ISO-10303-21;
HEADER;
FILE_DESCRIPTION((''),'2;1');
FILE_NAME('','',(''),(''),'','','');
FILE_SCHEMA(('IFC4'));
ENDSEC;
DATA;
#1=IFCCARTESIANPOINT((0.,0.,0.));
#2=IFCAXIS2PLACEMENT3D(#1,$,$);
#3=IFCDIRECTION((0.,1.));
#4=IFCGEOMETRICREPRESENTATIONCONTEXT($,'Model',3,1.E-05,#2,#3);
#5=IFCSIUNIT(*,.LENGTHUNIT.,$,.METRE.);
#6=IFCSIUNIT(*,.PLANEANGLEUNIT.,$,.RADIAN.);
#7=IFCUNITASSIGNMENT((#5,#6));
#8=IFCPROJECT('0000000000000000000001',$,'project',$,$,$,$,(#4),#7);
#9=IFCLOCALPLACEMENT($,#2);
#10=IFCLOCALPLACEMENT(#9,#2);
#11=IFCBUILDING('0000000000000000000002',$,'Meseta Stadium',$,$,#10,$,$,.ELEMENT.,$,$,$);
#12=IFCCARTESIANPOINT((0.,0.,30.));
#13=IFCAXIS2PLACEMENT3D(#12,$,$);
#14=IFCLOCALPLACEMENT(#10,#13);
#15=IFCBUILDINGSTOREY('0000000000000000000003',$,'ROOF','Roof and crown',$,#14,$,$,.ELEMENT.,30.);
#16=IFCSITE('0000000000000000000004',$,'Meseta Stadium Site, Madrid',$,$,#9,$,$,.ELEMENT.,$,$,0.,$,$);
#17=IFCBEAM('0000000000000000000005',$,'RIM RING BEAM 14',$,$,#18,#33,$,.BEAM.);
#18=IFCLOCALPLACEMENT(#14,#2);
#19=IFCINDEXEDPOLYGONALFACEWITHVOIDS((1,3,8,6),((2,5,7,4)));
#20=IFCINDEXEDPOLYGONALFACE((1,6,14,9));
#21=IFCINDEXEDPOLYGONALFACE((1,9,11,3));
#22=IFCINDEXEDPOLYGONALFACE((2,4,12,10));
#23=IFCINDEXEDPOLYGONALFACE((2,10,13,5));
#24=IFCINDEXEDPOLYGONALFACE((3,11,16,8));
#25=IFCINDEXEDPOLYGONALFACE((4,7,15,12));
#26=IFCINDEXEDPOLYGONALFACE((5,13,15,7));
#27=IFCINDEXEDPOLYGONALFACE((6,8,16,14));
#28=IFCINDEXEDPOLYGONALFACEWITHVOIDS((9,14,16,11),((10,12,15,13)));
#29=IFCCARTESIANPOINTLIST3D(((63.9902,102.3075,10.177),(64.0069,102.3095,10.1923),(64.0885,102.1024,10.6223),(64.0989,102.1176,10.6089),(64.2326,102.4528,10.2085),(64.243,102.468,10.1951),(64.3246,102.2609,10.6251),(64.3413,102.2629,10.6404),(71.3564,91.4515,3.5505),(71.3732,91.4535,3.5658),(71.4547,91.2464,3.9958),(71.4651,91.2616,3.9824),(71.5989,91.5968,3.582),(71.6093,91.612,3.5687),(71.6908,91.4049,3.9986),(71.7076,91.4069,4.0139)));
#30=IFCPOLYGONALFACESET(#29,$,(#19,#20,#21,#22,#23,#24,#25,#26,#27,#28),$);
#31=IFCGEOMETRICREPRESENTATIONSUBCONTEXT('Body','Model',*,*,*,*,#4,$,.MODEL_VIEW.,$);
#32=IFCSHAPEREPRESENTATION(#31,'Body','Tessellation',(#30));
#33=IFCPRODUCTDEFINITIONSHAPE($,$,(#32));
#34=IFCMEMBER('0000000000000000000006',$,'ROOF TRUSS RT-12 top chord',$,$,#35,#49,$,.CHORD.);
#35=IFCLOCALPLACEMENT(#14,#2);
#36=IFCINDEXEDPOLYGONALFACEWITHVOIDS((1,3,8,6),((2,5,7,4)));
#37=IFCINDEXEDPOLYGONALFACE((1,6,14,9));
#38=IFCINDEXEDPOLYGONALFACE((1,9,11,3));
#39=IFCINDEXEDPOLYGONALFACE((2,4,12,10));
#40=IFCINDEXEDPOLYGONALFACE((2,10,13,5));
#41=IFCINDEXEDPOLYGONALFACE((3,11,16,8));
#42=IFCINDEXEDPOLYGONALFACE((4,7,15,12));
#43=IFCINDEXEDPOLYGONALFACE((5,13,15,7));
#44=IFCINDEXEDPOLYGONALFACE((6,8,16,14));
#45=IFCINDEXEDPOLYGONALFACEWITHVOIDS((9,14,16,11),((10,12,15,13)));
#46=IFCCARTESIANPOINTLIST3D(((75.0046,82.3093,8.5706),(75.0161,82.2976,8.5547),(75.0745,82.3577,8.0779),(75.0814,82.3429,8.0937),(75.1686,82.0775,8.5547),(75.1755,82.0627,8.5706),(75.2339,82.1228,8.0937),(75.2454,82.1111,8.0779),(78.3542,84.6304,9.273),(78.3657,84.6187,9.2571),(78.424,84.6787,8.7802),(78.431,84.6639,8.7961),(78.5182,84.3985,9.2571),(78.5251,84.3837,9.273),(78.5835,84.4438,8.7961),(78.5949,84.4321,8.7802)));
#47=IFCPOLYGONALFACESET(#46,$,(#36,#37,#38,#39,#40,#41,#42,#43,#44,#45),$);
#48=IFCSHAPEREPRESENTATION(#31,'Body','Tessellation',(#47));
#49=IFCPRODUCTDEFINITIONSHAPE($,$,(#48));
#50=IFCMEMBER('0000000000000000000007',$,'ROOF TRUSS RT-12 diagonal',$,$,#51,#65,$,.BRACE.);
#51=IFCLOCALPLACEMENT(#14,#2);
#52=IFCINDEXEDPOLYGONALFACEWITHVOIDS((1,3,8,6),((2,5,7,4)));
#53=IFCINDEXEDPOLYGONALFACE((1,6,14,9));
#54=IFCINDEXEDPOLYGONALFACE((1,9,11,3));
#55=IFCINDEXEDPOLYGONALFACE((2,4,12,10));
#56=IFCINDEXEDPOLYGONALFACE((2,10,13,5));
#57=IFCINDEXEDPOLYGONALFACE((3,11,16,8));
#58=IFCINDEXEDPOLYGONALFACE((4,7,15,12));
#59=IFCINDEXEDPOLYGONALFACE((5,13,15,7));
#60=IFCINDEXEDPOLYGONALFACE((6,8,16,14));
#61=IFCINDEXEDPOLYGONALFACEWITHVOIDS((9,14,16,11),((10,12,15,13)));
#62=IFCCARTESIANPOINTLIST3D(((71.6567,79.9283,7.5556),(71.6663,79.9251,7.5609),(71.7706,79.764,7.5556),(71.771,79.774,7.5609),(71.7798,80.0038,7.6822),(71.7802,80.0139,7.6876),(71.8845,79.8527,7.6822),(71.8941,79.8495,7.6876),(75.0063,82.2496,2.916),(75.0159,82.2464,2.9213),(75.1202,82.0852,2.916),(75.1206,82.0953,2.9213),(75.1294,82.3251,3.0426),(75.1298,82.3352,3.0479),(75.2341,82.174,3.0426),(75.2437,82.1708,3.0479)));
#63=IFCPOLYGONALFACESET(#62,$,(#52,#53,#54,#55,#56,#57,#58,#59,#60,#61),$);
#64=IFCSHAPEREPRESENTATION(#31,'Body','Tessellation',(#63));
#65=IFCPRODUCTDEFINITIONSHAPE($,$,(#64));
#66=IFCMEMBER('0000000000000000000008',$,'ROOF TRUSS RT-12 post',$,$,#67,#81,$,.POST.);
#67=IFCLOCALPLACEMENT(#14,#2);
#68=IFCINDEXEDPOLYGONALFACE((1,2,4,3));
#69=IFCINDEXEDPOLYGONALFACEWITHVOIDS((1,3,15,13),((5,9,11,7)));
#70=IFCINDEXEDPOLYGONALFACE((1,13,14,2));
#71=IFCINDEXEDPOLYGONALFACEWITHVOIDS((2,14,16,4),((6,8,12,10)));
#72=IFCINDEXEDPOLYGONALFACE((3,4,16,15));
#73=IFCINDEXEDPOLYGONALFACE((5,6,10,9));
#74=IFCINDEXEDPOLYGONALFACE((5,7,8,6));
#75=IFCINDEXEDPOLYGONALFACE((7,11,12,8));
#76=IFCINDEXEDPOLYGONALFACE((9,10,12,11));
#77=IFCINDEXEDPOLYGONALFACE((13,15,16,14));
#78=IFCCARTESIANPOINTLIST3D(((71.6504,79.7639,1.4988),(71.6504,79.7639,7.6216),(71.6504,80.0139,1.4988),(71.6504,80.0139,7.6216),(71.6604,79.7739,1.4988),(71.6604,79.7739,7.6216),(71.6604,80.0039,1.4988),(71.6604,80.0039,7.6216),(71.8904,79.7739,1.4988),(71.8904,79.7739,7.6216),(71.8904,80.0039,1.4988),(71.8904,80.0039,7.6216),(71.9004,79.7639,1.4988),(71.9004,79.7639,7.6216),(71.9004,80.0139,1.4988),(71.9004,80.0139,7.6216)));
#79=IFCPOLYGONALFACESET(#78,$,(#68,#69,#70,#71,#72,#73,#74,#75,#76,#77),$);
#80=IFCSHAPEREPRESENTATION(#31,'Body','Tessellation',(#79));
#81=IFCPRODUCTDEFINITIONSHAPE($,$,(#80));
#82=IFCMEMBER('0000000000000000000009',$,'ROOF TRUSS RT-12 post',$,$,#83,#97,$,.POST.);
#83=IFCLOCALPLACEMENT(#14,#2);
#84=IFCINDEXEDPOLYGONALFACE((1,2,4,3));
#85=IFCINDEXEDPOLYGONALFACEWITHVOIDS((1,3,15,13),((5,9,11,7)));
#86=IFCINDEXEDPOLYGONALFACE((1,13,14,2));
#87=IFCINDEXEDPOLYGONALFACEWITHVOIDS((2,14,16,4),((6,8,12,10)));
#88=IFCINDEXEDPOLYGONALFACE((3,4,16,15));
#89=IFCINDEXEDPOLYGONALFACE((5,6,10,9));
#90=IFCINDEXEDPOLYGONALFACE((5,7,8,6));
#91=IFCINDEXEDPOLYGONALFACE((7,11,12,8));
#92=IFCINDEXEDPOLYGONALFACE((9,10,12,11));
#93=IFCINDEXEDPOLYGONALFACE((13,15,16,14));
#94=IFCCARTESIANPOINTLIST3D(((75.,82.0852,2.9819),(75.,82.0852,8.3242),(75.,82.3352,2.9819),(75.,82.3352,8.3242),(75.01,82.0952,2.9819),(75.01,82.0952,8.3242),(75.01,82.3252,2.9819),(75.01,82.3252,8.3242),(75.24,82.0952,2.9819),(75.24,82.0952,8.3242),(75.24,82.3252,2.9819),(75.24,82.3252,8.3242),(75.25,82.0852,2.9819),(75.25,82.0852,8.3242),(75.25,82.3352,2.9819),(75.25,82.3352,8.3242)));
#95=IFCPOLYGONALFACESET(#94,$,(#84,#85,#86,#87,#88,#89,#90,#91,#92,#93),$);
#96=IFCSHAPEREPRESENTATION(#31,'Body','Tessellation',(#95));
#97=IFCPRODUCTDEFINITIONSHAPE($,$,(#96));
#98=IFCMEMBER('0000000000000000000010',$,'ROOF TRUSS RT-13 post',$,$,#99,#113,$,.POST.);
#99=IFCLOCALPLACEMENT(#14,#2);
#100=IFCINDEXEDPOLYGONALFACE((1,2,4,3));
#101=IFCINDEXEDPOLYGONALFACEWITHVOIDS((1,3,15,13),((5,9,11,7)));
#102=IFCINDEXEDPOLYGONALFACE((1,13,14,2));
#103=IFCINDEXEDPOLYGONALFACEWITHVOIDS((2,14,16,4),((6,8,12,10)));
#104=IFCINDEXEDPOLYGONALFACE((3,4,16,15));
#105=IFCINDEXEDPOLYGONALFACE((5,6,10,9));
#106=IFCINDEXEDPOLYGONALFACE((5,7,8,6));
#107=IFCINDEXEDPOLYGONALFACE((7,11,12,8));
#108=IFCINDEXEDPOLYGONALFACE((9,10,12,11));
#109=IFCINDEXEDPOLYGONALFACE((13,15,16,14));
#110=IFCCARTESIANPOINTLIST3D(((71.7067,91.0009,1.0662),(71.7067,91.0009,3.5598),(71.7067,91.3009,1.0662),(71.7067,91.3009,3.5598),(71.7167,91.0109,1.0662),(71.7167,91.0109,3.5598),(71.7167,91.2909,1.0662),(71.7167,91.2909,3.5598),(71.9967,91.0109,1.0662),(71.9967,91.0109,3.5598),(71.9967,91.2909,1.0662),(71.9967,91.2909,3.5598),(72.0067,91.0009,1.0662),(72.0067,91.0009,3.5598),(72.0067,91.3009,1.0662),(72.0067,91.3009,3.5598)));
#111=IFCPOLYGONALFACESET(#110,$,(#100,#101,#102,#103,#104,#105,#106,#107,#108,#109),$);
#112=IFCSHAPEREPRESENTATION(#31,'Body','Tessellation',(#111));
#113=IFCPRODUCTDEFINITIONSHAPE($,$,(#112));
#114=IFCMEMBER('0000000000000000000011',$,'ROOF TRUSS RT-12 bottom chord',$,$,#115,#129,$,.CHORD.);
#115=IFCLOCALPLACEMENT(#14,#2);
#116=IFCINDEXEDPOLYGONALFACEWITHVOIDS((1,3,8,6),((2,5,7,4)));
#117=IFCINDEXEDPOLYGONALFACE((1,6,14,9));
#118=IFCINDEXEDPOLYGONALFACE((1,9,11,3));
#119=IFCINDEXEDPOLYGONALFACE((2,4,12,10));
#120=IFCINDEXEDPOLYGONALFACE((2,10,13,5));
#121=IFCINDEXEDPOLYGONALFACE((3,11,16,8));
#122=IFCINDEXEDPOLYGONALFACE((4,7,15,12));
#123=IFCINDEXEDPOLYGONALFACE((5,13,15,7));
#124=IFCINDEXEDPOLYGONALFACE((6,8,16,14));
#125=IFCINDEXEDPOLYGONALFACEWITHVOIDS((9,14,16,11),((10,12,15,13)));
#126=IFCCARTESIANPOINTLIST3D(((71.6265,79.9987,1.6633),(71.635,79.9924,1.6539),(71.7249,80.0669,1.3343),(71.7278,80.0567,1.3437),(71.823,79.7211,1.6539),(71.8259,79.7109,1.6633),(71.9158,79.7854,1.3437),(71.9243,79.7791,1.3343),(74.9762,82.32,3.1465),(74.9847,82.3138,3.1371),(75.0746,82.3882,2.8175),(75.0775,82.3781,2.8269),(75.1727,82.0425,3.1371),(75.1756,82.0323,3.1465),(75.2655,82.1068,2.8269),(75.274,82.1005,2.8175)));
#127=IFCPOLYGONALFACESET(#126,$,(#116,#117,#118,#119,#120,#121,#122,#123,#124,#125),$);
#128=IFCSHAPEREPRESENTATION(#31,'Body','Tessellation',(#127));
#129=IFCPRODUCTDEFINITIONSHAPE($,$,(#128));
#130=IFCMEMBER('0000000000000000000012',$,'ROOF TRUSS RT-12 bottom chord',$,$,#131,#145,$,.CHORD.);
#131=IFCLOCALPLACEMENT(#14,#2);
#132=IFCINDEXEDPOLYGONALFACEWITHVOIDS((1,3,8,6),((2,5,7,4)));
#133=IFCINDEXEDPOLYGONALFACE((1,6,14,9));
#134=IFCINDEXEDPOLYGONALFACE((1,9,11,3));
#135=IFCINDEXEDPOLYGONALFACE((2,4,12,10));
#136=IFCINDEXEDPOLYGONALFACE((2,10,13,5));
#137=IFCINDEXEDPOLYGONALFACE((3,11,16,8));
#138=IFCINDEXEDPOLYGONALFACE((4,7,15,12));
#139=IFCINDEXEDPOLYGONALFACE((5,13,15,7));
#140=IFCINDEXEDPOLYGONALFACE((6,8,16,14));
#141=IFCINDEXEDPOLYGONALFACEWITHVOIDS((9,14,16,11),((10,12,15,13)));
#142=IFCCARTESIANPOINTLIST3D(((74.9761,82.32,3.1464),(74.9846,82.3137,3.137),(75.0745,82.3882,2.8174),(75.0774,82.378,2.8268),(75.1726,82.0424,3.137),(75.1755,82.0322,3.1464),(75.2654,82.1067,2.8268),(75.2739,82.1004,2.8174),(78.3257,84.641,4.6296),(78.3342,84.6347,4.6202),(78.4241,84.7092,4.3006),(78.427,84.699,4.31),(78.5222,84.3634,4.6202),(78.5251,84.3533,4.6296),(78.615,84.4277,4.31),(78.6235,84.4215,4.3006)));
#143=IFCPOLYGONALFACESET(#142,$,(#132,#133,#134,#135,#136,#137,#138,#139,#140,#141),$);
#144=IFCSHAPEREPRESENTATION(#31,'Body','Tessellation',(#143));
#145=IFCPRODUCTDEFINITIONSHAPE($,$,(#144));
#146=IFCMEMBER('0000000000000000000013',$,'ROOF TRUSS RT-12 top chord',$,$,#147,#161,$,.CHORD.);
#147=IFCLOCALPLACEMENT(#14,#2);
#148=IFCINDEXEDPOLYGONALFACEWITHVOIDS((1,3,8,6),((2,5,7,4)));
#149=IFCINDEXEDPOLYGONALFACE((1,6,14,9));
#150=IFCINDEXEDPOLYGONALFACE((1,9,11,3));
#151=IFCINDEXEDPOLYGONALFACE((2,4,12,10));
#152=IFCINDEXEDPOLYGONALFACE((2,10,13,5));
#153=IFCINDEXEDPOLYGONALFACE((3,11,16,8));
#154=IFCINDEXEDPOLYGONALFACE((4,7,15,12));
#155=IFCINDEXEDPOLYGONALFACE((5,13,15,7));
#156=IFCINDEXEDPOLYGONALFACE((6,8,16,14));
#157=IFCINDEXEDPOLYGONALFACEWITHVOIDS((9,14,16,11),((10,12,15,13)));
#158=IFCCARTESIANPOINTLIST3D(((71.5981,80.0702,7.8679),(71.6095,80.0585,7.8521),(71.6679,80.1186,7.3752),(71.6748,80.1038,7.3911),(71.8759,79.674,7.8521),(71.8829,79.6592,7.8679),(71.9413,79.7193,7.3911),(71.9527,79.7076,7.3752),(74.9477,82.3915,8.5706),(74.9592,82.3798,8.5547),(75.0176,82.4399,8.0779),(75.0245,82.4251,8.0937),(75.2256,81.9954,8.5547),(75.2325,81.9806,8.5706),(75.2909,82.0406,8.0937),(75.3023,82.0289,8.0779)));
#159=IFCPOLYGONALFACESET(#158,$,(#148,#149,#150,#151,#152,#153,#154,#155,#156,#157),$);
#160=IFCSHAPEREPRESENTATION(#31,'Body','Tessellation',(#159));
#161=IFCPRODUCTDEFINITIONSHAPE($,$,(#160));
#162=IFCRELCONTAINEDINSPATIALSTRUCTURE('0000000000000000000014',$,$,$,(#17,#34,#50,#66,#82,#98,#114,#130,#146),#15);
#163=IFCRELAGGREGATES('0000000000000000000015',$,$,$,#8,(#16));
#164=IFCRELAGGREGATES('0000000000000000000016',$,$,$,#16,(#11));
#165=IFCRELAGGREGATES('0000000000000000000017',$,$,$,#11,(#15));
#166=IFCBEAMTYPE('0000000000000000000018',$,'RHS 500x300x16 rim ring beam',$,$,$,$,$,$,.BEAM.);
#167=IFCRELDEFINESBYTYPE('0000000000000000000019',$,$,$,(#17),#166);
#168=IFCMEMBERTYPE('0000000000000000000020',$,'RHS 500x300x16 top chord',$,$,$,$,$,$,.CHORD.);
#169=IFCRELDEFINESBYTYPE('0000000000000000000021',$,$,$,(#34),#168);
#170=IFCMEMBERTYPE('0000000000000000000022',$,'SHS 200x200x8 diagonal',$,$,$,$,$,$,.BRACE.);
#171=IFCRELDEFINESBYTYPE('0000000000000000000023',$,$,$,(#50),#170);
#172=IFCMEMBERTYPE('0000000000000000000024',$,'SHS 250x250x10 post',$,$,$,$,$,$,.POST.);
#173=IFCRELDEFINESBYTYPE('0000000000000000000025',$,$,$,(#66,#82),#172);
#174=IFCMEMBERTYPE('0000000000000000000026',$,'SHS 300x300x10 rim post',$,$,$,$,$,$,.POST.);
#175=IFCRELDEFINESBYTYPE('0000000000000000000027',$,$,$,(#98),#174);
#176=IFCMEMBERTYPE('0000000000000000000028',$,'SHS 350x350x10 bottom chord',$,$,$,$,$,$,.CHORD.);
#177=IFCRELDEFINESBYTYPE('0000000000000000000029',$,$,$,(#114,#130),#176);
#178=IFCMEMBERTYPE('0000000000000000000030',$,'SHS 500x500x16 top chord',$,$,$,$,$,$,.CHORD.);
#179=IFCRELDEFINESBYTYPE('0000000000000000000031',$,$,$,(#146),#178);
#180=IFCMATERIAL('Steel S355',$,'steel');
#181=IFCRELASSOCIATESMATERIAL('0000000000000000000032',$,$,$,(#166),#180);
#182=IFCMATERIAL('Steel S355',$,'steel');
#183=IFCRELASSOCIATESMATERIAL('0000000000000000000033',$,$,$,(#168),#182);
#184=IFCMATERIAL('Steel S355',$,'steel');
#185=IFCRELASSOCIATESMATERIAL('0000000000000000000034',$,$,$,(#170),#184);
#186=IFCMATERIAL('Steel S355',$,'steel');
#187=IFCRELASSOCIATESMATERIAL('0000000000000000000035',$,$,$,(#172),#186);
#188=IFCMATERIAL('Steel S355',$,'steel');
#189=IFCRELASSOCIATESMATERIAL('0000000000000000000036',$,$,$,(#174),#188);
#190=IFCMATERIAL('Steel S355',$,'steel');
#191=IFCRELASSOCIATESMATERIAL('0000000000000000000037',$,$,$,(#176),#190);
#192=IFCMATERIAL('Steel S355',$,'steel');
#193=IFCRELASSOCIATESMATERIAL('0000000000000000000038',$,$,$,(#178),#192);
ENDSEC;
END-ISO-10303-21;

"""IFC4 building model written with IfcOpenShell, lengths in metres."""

from ifc_helpers import new_model, si_unit, direction, frame, origin, origin_2d, place, context, subcontext, project, spatial, hollow_rectangle, extrude, material, material_profile, profile_set, type_object, element, save


model = new_model("IFC4")

# Units and contexts
model_context = context("Model", 3, precision=1e-05, world=origin(), true_north=direction((0.0, 1.0)))
body_context = subcontext(model_context, "Body", "Model", "MODEL_VIEW")
ifc_project = project(units=[si_unit("LENGTHUNIT", "METRE"), si_unit("PLANEANGLEUNIT", "RADIAN")], contexts=[model_context])

# Site, building, storey
site_placement = place(None, origin())
site = spatial("IfcSite", under=ifc_project, at=site_placement, Name="Meseta Stadium Site, Madrid", CompositionType="ELEMENT", RefElevation=0.0)
building_placement = place(site_placement, origin())
building = spatial("IfcBuilding", under=site, at=building_placement, Name="Meseta Stadium", CompositionType="ELEMENT")
storey_placement = place(building_placement, frame((0.0, 0.0, 30.0)))
storey = spatial("IfcBuildingStorey", under=building, at=storey_placement, Name="ROOF", Description="Roof and crown", CompositionType="ELEMENT", Elevation=30.0)

# Beam
ifc_material_1 = material(Name="Steel S355", Category="steel")
ifc_material_profile_1 = material_profile(ifc_material_1, hollow_rectangle(XDim=0.3, YDim=0.5, WallThickness=0.0161, at=origin_2d()), Name="RHS 500x300x16")
ifc_profile_set_1 = profile_set([ifc_material_profile_1], Name="Steel S355")
beam_type = type_object("IfcBeamType", Name="RHS 500x300x16 rim ring beam", PredefinedType="BEAM", material=ifc_profile_set_1)
beam_placement = place(storey_placement, frame((71.532, 91.4292, 3.7822), z_axis=(-0.501181, 0.738615, 0.45085), x_axis=(-0.842724, -0.534946, -0.060414)))
element("IfcBeam", 1, at=beam_placement, inside=storey, type_object=beam_type, Name="RIM RING BEAM 14", PredefinedType="BEAM", context=body_context, shape_type="SweptSolid", body=[
    extrude(hollow_rectangle(XDim=0.3, YDim=0.5, WallThickness=0.0161, at=origin_2d()), origin(), (0.0, 0.0, 1.0), 14.6978),
])

# Members
ifc_material_2 = material(Name="Steel S355", Category="steel")
ifc_material_profile_2 = material_profile(ifc_material_2, hollow_rectangle(XDim=0.3, YDim=0.5, WallThickness=0.0161, at=origin_2d()), Name="RHS 500x300x16")
ifc_profile_set_2 = profile_set([ifc_material_profile_2], Name="Steel S355")
member_type_1 = type_object("IfcMemberType", Name="RHS 500x300x16 top chord", PredefinedType="CHORD", material=ifc_profile_set_2)
member_1_placement = place(storey_placement, frame((75.125, 82.2102, 8.3242), z_axis=(0.810009, 0.56128, 0.169854), x_axis=(-0.569556, 0.821953, 0.0)))
element("IfcMember", 2, at=member_1_placement, inside=storey, type_object=member_type_1, Name="ROOF TRUSS RT-12 top chord", PredefinedType="CHORD", context=body_context, shape_type="SweptSolid", body=[
    extrude(hollow_rectangle(XDim=0.3, YDim=0.5, WallThickness=0.0161, at=origin_2d()), origin(), (0.0, 0.0, 1.0), 4.1353),
])
ifc_material_3 = material(Name="Steel S355", Category="steel")
ifc_material_profile_3 = material_profile(ifc_material_3, hollow_rectangle(XDim=0.2, YDim=0.2, WallThickness=0.0081, at=origin_2d()), Name="SHS 200x200x8")
ifc_profile_set_3 = profile_set([ifc_material_profile_3], Name="Steel S355")
member_type_2 = type_object("IfcMemberType", Name="SHS 200x200x8 diagonal", PredefinedType="BRACE", material=ifc_profile_set_3)
member_2_placement = place(storey_placement, frame((71.7754, 79.8889, 7.6216), z_axis=(0.542419, 0.375898, -0.751321), x_axis=(-0.569596, 0.821925, 0.0)))
element("IfcMember", 3, at=member_2_placement, inside=storey, type_object=member_type_2, Name="ROOF TRUSS RT-12 diagonal", PredefinedType="BRACE", context=body_context, shape_type="SweptSolid", body=[
    extrude(hollow_rectangle(XDim=0.2, YDim=0.2, WallThickness=0.0081, at=origin_2d()), origin(), (0.0, 0.0, 1.0), 6.1753),
])
ifc_material_4 = material(Name="Steel S355", Category="steel")
ifc_material_profile_4 = material_profile(ifc_material_4, hollow_rectangle(XDim=0.25, YDim=0.25, WallThickness=0.01, at=origin_2d()), Name="SHS 250x250x10")
ifc_profile_set_4 = profile_set([ifc_material_profile_4], Name="Steel S355")
member_type_3 = type_object("IfcMemberType", Name="SHS 250x250x10 post", PredefinedType="POST", material=ifc_profile_set_4)
member_3_placement = place(storey_placement, frame((71.7754, 79.8889, 1.4988), z_axis=(0.0, 0.0, 1.0), x_axis=(1.0, 0.0, 0.0)))
element("IfcMember", 4, at=member_3_placement, inside=storey, type_object=member_type_3, Name="ROOF TRUSS RT-12 post", PredefinedType="POST", context=body_context, shape_type="SweptSolid", body=[
    extrude(hollow_rectangle(XDim=0.25, YDim=0.25, WallThickness=0.01, at=origin_2d()), origin(), (0.0, 0.0, 1.0), 6.1228),
])
member_4_placement = place(storey_placement, frame((75.125, 82.2102, 2.9819), z_axis=(0.0, 0.0, 1.0), x_axis=(1.0, 0.0, 0.0)))
element("IfcMember", 5, at=member_4_placement, inside=storey, type_object=member_type_3, Name="ROOF TRUSS RT-12 post", PredefinedType="POST", context=body_context, shape_type="SweptSolid", body=[
    extrude(hollow_rectangle(XDim=0.25, YDim=0.25, WallThickness=0.01, at=origin_2d()), origin(), (0.0, 0.0, 1.0), 5.3423),
])
ifc_material_5 = material(Name="Steel S355", Category="steel")
ifc_material_profile_5 = material_profile(ifc_material_5, hollow_rectangle(XDim=0.3, YDim=0.3, WallThickness=0.01, at=origin_2d()), Name="SHS 300x300x10")
ifc_profile_set_5 = profile_set([ifc_material_profile_5], Name="Steel S355")
member_type_4 = type_object("IfcMemberType", Name="SHS 300x300x10 rim post", PredefinedType="POST", material=ifc_profile_set_5)
member_5_placement = place(storey_placement, frame((71.8567, 91.1509, 1.0662), z_axis=(0.0, 0.0, 1.0), x_axis=(1.0, 0.0, 0.0)))
element("IfcMember", 6, at=member_5_placement, inside=storey, type_object=member_type_4, Name="ROOF TRUSS RT-13 post", PredefinedType="POST", context=body_context, shape_type="SweptSolid", body=[
    extrude(hollow_rectangle(XDim=0.3, YDim=0.3, WallThickness=0.01, at=origin_2d()), origin(), (0.0, 0.0, 1.0), 2.4937),
])
ifc_material_6 = material(Name="Steel S355", Category="steel")
ifc_material_profile_6 = material_profile(ifc_material_6, hollow_rectangle(XDim=0.3501, YDim=0.3501, WallThickness=0.01, at=origin_2d()), Name="SHS 350x350x10")
ifc_profile_set_6 = profile_set([ifc_material_profile_6], Name="Steel S355")
member_type_5 = type_object("IfcMemberType", Name="SHS 350x350x10 bottom chord", PredefinedType="CHORD", material=ifc_profile_set_6)
member_6_placement = place(storey_placement, frame((71.7754, 79.8889, 1.4988), z_axis=(0.772365, 0.535251, 0.341991), x_axis=(-0.569596, 0.821925, 0.0)))
element("IfcMember", 7, at=member_6_placement, inside=storey, type_object=member_type_5, Name="ROOF TRUSS RT-12 bottom chord", PredefinedType="CHORD", context=body_context, shape_type="SweptSolid", body=[
    extrude(hollow_rectangle(XDim=0.3501, YDim=0.3501, WallThickness=0.01, at=origin_2d()), origin(), (0.0, 0.0, 1.0), 4.3369),
])
member_7_placement = place(storey_placement, frame((75.125, 82.2102, 2.9819), z_axis=(0.772388, 0.535211, 0.342001), x_axis=(-0.569556, 0.821953, 0.0)))
element("IfcMember", 8, at=member_7_placement, inside=storey, type_object=member_type_5, Name="ROOF TRUSS RT-12 bottom chord", PredefinedType="CHORD", context=body_context, shape_type="SweptSolid", body=[
    extrude(hollow_rectangle(XDim=0.3501, YDim=0.3501, WallThickness=0.01, at=origin_2d()), origin(), (0.0, 0.0, 1.0), 4.3367),
])
ifc_material_7 = material(Name="Steel S355", Category="steel")
ifc_material_profile_7 = material_profile(ifc_material_7, hollow_rectangle(XDim=0.5, YDim=0.5, WallThickness=0.0161, at=origin_2d()), Name="SHS 500x500x16")
ifc_profile_set_7 = profile_set([ifc_material_profile_7], Name="Steel S355")
member_type_6 = type_object("IfcMemberType", Name="SHS 500x500x16 top chord", PredefinedType="CHORD", material=ifc_profile_set_7)
member_8_placement = place(storey_placement, frame((71.7754, 79.8889, 7.6216), z_axis=(0.809974, 0.561314, 0.169906), x_axis=(-0.569596, 0.821925, 0.0)))
element("IfcMember", 9, at=member_8_placement, inside=storey, type_object=member_type_6, Name="ROOF TRUSS RT-12 top chord", PredefinedType="CHORD", context=body_context, shape_type="SweptSolid", body=[
    extrude(hollow_rectangle(XDim=0.5, YDim=0.5, WallThickness=0.0161, at=origin_2d()), origin(), (0.0, 0.0, 1.0), 4.1355),
])

save(model, "model.ifc")
